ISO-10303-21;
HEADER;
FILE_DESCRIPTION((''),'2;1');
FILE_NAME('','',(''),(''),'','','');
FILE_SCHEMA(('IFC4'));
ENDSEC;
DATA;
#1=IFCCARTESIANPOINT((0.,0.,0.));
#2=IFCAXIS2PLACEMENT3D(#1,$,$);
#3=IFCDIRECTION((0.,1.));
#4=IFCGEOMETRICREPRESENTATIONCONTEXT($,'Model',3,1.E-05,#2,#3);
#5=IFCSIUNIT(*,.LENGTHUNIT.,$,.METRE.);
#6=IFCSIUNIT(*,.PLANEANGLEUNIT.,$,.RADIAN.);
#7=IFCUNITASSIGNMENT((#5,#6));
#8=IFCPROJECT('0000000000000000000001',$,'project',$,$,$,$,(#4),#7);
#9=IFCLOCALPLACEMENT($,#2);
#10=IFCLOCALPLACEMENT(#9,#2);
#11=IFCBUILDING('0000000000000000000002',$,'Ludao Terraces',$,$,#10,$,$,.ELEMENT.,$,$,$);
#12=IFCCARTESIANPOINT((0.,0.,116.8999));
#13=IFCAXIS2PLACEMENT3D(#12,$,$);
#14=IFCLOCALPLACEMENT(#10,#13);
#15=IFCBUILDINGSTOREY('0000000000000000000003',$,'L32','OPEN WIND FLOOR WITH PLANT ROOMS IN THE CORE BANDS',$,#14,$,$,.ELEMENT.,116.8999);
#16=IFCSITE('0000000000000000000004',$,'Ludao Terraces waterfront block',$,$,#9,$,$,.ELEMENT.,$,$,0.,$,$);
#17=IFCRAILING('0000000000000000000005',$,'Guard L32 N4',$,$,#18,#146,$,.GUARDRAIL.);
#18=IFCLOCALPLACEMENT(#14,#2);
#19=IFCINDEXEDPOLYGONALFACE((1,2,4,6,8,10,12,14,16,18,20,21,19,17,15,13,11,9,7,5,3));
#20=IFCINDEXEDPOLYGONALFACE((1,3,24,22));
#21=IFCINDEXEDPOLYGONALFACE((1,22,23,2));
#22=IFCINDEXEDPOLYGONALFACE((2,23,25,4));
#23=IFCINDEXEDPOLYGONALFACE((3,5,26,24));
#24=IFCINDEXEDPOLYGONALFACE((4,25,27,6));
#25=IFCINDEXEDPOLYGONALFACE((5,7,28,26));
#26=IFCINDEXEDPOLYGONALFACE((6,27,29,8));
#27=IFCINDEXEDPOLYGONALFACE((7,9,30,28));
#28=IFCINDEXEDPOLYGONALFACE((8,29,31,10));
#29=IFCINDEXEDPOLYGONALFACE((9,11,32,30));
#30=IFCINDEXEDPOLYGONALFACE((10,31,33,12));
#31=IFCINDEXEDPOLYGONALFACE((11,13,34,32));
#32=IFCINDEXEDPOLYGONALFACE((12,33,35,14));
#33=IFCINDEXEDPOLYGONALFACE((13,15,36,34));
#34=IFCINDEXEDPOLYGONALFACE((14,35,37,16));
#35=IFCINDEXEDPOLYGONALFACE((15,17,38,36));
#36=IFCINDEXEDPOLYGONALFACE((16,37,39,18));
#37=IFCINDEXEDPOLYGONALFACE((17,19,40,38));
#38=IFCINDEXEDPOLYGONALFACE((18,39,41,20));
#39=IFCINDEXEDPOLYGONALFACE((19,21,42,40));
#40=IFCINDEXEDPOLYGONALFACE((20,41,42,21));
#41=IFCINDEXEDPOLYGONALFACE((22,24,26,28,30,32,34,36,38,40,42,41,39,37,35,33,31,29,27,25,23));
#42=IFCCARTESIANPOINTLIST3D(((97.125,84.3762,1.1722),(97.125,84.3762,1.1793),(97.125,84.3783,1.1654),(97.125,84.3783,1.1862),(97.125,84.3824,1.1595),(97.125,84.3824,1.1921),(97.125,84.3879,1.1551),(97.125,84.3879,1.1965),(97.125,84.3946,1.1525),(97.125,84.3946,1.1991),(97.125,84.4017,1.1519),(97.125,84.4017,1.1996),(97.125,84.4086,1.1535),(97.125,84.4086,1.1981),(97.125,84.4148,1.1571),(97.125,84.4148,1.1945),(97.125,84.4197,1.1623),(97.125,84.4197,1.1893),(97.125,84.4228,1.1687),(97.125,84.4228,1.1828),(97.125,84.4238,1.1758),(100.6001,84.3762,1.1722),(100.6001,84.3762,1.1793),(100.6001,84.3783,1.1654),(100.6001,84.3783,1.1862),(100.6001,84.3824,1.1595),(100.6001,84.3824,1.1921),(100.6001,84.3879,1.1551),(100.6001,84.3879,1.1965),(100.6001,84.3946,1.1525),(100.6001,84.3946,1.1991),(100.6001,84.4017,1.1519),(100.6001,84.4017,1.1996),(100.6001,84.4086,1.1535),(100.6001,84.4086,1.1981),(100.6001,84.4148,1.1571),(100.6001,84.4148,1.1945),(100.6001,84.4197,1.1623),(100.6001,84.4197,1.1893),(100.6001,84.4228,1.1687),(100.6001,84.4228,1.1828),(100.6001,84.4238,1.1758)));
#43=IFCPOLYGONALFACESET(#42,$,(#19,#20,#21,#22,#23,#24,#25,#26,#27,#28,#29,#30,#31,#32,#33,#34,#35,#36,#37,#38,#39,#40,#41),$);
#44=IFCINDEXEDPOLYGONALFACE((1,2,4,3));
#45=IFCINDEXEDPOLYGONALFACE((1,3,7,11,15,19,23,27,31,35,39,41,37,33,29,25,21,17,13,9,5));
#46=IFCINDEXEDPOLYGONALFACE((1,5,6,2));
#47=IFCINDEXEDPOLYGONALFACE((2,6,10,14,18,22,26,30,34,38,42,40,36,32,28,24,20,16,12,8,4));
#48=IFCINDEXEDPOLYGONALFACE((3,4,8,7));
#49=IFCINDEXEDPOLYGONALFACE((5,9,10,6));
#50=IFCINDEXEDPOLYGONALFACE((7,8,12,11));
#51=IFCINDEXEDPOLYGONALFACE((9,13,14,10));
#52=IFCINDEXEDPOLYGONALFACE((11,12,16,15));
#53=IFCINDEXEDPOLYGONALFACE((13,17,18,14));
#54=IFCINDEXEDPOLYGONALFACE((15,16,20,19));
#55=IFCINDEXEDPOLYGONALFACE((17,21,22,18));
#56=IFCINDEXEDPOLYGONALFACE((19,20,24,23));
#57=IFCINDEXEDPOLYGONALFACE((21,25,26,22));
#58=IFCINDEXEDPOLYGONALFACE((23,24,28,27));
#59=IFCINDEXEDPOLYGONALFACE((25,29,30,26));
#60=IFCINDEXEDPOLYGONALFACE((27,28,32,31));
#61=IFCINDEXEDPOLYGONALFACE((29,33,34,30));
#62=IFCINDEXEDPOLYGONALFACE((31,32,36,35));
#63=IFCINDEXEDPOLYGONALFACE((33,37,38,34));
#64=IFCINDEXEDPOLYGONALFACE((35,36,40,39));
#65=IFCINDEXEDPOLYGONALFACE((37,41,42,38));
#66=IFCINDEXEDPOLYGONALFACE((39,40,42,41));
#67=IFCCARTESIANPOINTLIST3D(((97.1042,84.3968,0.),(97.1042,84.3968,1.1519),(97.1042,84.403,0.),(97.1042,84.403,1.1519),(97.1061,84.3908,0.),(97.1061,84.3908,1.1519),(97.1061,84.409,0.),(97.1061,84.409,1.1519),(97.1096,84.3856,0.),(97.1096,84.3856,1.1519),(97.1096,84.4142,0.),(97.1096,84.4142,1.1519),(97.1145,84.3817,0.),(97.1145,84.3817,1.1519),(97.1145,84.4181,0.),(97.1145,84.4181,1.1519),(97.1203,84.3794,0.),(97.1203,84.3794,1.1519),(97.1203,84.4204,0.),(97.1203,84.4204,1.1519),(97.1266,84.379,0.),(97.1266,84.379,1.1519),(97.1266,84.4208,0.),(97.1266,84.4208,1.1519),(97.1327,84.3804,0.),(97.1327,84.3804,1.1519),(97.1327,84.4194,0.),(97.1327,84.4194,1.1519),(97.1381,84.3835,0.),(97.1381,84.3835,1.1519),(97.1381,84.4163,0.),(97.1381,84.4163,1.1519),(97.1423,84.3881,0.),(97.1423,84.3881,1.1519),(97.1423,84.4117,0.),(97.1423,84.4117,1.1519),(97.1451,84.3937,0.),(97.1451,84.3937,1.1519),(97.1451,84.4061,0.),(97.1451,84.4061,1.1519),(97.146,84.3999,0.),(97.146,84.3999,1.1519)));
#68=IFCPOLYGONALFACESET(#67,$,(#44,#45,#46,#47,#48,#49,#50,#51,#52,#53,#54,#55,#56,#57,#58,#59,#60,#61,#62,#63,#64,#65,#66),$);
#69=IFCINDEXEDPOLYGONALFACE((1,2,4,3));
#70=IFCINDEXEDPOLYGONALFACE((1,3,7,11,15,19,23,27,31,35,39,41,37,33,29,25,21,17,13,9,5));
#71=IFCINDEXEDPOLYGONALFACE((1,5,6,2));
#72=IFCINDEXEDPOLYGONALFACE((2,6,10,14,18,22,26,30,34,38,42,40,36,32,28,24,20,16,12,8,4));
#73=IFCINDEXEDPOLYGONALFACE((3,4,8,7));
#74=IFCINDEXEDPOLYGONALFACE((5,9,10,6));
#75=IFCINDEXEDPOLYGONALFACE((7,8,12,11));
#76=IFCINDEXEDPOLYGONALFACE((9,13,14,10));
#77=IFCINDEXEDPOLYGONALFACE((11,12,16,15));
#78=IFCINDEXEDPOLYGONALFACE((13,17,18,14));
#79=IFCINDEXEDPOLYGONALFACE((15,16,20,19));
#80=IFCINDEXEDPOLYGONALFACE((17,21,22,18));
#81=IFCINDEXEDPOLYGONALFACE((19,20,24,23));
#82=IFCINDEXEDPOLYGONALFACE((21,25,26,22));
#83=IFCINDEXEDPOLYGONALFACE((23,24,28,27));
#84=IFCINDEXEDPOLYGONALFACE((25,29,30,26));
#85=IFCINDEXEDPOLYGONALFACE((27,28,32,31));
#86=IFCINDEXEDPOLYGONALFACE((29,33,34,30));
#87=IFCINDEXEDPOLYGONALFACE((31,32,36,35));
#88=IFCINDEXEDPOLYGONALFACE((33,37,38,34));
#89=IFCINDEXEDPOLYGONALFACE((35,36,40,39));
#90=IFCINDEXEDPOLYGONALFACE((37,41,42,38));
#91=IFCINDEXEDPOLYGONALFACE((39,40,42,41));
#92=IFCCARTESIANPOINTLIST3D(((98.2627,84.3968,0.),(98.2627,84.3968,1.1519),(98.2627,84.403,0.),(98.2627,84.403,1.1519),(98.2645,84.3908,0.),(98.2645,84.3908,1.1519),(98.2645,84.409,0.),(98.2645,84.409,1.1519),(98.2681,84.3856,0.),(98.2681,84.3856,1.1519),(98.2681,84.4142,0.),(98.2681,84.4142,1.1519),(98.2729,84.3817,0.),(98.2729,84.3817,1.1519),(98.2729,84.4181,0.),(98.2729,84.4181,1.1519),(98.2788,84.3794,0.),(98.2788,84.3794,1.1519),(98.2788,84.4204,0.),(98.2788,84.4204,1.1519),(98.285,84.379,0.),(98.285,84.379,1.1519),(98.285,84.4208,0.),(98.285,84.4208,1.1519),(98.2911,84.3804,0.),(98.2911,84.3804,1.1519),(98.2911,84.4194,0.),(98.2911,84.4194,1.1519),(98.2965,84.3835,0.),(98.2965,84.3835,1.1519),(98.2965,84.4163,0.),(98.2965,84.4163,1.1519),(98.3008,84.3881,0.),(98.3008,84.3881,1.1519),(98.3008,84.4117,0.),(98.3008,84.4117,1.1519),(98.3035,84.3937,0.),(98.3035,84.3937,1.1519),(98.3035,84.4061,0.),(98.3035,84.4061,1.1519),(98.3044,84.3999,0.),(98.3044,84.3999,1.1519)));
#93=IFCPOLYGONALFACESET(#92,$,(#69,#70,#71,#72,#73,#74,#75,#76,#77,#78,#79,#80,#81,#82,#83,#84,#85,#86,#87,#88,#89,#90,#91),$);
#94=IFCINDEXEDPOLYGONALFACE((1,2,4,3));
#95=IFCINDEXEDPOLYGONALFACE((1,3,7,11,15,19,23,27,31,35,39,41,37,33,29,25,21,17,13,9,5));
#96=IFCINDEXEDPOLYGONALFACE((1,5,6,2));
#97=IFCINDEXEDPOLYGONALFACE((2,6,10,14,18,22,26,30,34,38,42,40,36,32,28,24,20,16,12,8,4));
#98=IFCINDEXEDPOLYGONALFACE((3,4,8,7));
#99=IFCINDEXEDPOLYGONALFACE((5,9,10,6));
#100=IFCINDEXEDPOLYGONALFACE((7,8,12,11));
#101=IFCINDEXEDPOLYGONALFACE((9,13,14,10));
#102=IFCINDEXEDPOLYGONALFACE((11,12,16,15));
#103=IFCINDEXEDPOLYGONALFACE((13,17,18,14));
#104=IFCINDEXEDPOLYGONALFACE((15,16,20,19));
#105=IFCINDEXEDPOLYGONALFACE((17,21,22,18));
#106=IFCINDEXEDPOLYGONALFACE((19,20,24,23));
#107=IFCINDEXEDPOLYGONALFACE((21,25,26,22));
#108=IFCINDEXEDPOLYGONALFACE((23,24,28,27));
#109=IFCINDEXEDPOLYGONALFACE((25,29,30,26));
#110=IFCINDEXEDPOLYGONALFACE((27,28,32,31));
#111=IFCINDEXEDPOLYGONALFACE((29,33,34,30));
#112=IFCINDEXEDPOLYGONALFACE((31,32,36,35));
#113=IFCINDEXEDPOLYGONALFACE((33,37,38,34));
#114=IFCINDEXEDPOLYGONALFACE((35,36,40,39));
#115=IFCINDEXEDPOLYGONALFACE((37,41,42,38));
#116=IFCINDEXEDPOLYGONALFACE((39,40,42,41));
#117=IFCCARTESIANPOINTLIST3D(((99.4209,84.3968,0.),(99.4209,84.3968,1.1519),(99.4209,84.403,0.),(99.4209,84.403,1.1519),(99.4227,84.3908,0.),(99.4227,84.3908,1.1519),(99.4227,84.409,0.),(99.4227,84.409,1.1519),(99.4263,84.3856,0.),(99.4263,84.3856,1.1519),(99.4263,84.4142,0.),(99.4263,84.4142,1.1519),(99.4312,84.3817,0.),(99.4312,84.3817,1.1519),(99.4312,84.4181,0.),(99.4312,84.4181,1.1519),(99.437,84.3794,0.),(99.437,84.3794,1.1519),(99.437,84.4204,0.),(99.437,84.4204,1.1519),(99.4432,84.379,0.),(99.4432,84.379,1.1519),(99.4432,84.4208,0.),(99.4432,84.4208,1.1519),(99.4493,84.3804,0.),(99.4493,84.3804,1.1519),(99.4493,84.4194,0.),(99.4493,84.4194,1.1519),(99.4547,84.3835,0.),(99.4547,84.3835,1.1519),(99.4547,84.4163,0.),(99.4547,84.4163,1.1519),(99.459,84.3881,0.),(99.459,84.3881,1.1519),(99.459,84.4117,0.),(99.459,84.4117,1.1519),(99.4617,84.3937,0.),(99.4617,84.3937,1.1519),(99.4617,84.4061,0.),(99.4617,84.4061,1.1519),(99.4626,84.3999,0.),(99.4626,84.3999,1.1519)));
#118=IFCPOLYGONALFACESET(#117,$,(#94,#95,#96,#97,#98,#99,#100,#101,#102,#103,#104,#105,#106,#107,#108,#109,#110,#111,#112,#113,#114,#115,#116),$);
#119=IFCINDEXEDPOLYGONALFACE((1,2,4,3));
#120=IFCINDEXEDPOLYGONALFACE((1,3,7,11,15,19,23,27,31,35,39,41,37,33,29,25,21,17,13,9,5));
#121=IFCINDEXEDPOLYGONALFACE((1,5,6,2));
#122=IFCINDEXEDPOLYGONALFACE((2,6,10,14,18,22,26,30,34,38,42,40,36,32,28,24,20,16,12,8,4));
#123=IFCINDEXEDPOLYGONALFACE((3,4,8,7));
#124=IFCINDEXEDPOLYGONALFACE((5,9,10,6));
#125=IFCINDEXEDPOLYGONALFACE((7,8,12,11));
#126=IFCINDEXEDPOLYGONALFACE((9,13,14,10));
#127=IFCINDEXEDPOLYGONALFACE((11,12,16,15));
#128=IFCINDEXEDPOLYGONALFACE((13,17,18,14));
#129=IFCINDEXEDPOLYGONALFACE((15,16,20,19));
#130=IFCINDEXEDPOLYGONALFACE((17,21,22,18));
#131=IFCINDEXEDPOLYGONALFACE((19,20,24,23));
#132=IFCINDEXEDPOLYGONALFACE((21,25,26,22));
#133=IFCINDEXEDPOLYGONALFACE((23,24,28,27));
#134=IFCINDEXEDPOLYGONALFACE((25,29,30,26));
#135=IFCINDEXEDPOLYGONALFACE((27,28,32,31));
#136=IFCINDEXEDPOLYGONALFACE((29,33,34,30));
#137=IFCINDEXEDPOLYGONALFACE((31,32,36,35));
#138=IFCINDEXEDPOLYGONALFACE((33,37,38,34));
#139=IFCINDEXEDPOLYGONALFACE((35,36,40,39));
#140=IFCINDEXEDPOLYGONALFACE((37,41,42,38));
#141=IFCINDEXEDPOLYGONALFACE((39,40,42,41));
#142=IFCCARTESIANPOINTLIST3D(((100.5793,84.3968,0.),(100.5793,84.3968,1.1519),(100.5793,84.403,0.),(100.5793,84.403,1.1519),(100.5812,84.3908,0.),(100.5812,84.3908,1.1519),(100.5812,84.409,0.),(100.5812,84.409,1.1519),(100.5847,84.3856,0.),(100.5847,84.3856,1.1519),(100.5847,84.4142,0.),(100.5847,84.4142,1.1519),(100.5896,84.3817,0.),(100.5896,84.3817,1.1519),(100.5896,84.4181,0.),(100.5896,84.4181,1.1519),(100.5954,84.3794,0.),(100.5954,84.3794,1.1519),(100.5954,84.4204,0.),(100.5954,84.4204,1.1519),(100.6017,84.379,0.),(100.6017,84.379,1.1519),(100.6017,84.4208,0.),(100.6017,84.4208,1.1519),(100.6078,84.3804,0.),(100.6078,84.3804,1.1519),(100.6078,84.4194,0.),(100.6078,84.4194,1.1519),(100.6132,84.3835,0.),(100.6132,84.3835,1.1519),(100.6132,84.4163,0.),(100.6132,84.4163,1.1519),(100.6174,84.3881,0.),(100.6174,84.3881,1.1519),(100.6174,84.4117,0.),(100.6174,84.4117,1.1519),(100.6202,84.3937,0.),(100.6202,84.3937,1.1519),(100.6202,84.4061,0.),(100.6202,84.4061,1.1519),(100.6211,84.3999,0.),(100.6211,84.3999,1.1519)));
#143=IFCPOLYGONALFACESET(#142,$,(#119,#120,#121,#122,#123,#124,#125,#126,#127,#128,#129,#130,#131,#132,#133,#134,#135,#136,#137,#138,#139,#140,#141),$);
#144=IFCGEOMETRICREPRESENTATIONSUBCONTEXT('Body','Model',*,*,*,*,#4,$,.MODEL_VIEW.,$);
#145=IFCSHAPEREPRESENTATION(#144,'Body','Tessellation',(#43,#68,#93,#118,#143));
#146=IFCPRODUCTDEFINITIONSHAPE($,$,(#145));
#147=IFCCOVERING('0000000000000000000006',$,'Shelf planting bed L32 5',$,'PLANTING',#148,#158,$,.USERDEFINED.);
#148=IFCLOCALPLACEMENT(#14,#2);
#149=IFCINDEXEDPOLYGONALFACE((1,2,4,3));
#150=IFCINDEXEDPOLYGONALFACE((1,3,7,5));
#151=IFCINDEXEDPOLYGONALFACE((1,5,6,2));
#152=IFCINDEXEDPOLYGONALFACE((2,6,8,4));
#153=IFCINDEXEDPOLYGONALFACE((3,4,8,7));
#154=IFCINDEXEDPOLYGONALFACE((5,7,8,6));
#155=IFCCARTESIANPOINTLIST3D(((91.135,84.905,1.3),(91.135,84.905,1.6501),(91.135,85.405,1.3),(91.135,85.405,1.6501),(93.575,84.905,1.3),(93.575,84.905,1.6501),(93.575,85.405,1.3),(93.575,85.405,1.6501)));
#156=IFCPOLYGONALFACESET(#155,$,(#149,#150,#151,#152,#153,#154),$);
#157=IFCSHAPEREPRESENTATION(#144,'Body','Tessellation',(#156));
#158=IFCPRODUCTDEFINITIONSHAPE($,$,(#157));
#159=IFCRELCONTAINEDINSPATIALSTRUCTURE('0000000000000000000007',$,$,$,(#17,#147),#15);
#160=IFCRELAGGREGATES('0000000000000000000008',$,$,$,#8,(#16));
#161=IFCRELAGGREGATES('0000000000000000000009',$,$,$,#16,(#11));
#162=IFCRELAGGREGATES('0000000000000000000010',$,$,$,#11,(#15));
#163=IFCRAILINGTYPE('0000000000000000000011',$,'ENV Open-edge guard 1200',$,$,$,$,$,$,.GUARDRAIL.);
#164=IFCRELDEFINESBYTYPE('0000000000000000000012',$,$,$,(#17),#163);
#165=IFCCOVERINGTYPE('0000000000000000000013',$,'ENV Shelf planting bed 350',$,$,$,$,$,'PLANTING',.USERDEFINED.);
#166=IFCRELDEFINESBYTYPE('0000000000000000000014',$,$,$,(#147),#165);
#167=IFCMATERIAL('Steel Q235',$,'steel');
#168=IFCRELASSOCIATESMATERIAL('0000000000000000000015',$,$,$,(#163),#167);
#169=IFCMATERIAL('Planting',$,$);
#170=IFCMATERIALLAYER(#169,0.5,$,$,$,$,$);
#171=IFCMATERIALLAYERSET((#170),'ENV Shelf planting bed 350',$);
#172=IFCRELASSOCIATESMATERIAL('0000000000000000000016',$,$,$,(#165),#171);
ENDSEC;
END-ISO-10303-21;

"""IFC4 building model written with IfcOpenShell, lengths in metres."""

from ifc_helpers import new_model, si_unit, direction, frame, origin, origin_2d, place, context, subcontext, project, spatial, rectangle, circle, extrude, material, layer, layer_set, type_object, element, save


model = new_model("IFC4")

# Units and contexts
model_context = context("Model", 3, precision=1e-05, world=origin(), true_north=direction((0.0, 1.0)))
body_context = subcontext(model_context, "Body", "Model", "MODEL_VIEW")
ifc_project = project(units=[si_unit("LENGTHUNIT", "METRE"), si_unit("PLANEANGLEUNIT", "RADIAN")], contexts=[model_context])

# Site, building, storey
site_placement = place(None, origin())
site = spatial("IfcSite", under=ifc_project, at=site_placement, Name="Ludao Terraces waterfront block", CompositionType="ELEMENT", RefElevation=0.0)
building_placement = place(site_placement, origin())
building = spatial("IfcBuilding", under=site, at=building_placement, Name="Ludao Terraces", CompositionType="ELEMENT")
storey_placement = place(building_placement, frame((0.0, 0.0, 116.8999)))
storey = spatial("IfcBuildingStorey", under=building, at=storey_placement, Name="L32", Description="OPEN WIND FLOOR WITH PLANT ROOMS IN THE CORE BANDS", CompositionType="ELEMENT", Elevation=116.8999)

# Shared definitions
ifc_material_1 = material(Name="Steel Q235", Category="steel")

# Railing
railing_type_1 = type_object("IfcRailingType", Name="ENV Open-edge guard 1200", PredefinedType="GUARDRAIL", material=ifc_material_1)
railing_1_placement = place(storey_placement, frame((97.125, 84.3999, 0.0)))
element("IfcRailing", 1, at=railing_1_placement, inside=storey, type_object=railing_type_1, Name="Guard L32 N4", PredefinedType="GUARDRAIL", context=body_context, shape_type="SweptSolid", body=[
    extrude(circle(Radius=0.0239, at=origin_2d()), frame((0.0, 0.0, 1.1758), z_axis=(1.0, 0.0, 0.0), x_axis=(0.0, 1.0, 0.0)), (0.0, 0.0, 1.0), 3.4751),
    extrude(circle(Radius=0.021, at=origin_2d()), origin(), (0.0, 0.0, 1.0), 1.1519),
    extrude(circle(Radius=0.021, at=origin_2d()), frame((1.1584, 0.0, 0.0)), (0.0, 0.0, 1.0), 1.1519),
    extrude(circle(Radius=0.021, at=origin_2d()), frame((2.3167, 0.0, 0.0)), (0.0, 0.0, 1.0), 1.1519),
    extrude(circle(Radius=0.021, at=origin_2d()), frame((3.4751, 0.0, 0.0)), (0.0, 0.0, 1.0), 1.1519),
])

# Covering
ifc_material_2 = material(Name="Planting")
ifc_layer_1 = layer(ifc_material_2, 0.5)
ifc_layer_set_1 = layer_set([ifc_layer_1], Name="ENV Shelf planting bed 350")
covering_type_1 = type_object("IfcCoveringType", Name="ENV Shelf planting bed 350", ElementType="PLANTING", PredefinedType="USERDEFINED", material=ifc_layer_set_1)
covering_1_placement = place(storey_placement, frame((92.355, 85.155, 1.3), z_axis=(0.0, 0.0, 1.0), x_axis=(1.0, 0.0, 0.0)))
element("IfcCovering", 2, at=covering_1_placement, inside=storey, type_object=covering_type_1, Name="Shelf planting bed L32 5", ObjectType="PLANTING", PredefinedType="USERDEFINED", context=body_context, shape_type="SweptSolid", body=[
    extrude(rectangle(XDim=2.4399, YDim=0.5, at=origin_2d()), origin(), (0.0, 0.0, 1.0), 0.3501),
])

save(model, "model.ifc")
